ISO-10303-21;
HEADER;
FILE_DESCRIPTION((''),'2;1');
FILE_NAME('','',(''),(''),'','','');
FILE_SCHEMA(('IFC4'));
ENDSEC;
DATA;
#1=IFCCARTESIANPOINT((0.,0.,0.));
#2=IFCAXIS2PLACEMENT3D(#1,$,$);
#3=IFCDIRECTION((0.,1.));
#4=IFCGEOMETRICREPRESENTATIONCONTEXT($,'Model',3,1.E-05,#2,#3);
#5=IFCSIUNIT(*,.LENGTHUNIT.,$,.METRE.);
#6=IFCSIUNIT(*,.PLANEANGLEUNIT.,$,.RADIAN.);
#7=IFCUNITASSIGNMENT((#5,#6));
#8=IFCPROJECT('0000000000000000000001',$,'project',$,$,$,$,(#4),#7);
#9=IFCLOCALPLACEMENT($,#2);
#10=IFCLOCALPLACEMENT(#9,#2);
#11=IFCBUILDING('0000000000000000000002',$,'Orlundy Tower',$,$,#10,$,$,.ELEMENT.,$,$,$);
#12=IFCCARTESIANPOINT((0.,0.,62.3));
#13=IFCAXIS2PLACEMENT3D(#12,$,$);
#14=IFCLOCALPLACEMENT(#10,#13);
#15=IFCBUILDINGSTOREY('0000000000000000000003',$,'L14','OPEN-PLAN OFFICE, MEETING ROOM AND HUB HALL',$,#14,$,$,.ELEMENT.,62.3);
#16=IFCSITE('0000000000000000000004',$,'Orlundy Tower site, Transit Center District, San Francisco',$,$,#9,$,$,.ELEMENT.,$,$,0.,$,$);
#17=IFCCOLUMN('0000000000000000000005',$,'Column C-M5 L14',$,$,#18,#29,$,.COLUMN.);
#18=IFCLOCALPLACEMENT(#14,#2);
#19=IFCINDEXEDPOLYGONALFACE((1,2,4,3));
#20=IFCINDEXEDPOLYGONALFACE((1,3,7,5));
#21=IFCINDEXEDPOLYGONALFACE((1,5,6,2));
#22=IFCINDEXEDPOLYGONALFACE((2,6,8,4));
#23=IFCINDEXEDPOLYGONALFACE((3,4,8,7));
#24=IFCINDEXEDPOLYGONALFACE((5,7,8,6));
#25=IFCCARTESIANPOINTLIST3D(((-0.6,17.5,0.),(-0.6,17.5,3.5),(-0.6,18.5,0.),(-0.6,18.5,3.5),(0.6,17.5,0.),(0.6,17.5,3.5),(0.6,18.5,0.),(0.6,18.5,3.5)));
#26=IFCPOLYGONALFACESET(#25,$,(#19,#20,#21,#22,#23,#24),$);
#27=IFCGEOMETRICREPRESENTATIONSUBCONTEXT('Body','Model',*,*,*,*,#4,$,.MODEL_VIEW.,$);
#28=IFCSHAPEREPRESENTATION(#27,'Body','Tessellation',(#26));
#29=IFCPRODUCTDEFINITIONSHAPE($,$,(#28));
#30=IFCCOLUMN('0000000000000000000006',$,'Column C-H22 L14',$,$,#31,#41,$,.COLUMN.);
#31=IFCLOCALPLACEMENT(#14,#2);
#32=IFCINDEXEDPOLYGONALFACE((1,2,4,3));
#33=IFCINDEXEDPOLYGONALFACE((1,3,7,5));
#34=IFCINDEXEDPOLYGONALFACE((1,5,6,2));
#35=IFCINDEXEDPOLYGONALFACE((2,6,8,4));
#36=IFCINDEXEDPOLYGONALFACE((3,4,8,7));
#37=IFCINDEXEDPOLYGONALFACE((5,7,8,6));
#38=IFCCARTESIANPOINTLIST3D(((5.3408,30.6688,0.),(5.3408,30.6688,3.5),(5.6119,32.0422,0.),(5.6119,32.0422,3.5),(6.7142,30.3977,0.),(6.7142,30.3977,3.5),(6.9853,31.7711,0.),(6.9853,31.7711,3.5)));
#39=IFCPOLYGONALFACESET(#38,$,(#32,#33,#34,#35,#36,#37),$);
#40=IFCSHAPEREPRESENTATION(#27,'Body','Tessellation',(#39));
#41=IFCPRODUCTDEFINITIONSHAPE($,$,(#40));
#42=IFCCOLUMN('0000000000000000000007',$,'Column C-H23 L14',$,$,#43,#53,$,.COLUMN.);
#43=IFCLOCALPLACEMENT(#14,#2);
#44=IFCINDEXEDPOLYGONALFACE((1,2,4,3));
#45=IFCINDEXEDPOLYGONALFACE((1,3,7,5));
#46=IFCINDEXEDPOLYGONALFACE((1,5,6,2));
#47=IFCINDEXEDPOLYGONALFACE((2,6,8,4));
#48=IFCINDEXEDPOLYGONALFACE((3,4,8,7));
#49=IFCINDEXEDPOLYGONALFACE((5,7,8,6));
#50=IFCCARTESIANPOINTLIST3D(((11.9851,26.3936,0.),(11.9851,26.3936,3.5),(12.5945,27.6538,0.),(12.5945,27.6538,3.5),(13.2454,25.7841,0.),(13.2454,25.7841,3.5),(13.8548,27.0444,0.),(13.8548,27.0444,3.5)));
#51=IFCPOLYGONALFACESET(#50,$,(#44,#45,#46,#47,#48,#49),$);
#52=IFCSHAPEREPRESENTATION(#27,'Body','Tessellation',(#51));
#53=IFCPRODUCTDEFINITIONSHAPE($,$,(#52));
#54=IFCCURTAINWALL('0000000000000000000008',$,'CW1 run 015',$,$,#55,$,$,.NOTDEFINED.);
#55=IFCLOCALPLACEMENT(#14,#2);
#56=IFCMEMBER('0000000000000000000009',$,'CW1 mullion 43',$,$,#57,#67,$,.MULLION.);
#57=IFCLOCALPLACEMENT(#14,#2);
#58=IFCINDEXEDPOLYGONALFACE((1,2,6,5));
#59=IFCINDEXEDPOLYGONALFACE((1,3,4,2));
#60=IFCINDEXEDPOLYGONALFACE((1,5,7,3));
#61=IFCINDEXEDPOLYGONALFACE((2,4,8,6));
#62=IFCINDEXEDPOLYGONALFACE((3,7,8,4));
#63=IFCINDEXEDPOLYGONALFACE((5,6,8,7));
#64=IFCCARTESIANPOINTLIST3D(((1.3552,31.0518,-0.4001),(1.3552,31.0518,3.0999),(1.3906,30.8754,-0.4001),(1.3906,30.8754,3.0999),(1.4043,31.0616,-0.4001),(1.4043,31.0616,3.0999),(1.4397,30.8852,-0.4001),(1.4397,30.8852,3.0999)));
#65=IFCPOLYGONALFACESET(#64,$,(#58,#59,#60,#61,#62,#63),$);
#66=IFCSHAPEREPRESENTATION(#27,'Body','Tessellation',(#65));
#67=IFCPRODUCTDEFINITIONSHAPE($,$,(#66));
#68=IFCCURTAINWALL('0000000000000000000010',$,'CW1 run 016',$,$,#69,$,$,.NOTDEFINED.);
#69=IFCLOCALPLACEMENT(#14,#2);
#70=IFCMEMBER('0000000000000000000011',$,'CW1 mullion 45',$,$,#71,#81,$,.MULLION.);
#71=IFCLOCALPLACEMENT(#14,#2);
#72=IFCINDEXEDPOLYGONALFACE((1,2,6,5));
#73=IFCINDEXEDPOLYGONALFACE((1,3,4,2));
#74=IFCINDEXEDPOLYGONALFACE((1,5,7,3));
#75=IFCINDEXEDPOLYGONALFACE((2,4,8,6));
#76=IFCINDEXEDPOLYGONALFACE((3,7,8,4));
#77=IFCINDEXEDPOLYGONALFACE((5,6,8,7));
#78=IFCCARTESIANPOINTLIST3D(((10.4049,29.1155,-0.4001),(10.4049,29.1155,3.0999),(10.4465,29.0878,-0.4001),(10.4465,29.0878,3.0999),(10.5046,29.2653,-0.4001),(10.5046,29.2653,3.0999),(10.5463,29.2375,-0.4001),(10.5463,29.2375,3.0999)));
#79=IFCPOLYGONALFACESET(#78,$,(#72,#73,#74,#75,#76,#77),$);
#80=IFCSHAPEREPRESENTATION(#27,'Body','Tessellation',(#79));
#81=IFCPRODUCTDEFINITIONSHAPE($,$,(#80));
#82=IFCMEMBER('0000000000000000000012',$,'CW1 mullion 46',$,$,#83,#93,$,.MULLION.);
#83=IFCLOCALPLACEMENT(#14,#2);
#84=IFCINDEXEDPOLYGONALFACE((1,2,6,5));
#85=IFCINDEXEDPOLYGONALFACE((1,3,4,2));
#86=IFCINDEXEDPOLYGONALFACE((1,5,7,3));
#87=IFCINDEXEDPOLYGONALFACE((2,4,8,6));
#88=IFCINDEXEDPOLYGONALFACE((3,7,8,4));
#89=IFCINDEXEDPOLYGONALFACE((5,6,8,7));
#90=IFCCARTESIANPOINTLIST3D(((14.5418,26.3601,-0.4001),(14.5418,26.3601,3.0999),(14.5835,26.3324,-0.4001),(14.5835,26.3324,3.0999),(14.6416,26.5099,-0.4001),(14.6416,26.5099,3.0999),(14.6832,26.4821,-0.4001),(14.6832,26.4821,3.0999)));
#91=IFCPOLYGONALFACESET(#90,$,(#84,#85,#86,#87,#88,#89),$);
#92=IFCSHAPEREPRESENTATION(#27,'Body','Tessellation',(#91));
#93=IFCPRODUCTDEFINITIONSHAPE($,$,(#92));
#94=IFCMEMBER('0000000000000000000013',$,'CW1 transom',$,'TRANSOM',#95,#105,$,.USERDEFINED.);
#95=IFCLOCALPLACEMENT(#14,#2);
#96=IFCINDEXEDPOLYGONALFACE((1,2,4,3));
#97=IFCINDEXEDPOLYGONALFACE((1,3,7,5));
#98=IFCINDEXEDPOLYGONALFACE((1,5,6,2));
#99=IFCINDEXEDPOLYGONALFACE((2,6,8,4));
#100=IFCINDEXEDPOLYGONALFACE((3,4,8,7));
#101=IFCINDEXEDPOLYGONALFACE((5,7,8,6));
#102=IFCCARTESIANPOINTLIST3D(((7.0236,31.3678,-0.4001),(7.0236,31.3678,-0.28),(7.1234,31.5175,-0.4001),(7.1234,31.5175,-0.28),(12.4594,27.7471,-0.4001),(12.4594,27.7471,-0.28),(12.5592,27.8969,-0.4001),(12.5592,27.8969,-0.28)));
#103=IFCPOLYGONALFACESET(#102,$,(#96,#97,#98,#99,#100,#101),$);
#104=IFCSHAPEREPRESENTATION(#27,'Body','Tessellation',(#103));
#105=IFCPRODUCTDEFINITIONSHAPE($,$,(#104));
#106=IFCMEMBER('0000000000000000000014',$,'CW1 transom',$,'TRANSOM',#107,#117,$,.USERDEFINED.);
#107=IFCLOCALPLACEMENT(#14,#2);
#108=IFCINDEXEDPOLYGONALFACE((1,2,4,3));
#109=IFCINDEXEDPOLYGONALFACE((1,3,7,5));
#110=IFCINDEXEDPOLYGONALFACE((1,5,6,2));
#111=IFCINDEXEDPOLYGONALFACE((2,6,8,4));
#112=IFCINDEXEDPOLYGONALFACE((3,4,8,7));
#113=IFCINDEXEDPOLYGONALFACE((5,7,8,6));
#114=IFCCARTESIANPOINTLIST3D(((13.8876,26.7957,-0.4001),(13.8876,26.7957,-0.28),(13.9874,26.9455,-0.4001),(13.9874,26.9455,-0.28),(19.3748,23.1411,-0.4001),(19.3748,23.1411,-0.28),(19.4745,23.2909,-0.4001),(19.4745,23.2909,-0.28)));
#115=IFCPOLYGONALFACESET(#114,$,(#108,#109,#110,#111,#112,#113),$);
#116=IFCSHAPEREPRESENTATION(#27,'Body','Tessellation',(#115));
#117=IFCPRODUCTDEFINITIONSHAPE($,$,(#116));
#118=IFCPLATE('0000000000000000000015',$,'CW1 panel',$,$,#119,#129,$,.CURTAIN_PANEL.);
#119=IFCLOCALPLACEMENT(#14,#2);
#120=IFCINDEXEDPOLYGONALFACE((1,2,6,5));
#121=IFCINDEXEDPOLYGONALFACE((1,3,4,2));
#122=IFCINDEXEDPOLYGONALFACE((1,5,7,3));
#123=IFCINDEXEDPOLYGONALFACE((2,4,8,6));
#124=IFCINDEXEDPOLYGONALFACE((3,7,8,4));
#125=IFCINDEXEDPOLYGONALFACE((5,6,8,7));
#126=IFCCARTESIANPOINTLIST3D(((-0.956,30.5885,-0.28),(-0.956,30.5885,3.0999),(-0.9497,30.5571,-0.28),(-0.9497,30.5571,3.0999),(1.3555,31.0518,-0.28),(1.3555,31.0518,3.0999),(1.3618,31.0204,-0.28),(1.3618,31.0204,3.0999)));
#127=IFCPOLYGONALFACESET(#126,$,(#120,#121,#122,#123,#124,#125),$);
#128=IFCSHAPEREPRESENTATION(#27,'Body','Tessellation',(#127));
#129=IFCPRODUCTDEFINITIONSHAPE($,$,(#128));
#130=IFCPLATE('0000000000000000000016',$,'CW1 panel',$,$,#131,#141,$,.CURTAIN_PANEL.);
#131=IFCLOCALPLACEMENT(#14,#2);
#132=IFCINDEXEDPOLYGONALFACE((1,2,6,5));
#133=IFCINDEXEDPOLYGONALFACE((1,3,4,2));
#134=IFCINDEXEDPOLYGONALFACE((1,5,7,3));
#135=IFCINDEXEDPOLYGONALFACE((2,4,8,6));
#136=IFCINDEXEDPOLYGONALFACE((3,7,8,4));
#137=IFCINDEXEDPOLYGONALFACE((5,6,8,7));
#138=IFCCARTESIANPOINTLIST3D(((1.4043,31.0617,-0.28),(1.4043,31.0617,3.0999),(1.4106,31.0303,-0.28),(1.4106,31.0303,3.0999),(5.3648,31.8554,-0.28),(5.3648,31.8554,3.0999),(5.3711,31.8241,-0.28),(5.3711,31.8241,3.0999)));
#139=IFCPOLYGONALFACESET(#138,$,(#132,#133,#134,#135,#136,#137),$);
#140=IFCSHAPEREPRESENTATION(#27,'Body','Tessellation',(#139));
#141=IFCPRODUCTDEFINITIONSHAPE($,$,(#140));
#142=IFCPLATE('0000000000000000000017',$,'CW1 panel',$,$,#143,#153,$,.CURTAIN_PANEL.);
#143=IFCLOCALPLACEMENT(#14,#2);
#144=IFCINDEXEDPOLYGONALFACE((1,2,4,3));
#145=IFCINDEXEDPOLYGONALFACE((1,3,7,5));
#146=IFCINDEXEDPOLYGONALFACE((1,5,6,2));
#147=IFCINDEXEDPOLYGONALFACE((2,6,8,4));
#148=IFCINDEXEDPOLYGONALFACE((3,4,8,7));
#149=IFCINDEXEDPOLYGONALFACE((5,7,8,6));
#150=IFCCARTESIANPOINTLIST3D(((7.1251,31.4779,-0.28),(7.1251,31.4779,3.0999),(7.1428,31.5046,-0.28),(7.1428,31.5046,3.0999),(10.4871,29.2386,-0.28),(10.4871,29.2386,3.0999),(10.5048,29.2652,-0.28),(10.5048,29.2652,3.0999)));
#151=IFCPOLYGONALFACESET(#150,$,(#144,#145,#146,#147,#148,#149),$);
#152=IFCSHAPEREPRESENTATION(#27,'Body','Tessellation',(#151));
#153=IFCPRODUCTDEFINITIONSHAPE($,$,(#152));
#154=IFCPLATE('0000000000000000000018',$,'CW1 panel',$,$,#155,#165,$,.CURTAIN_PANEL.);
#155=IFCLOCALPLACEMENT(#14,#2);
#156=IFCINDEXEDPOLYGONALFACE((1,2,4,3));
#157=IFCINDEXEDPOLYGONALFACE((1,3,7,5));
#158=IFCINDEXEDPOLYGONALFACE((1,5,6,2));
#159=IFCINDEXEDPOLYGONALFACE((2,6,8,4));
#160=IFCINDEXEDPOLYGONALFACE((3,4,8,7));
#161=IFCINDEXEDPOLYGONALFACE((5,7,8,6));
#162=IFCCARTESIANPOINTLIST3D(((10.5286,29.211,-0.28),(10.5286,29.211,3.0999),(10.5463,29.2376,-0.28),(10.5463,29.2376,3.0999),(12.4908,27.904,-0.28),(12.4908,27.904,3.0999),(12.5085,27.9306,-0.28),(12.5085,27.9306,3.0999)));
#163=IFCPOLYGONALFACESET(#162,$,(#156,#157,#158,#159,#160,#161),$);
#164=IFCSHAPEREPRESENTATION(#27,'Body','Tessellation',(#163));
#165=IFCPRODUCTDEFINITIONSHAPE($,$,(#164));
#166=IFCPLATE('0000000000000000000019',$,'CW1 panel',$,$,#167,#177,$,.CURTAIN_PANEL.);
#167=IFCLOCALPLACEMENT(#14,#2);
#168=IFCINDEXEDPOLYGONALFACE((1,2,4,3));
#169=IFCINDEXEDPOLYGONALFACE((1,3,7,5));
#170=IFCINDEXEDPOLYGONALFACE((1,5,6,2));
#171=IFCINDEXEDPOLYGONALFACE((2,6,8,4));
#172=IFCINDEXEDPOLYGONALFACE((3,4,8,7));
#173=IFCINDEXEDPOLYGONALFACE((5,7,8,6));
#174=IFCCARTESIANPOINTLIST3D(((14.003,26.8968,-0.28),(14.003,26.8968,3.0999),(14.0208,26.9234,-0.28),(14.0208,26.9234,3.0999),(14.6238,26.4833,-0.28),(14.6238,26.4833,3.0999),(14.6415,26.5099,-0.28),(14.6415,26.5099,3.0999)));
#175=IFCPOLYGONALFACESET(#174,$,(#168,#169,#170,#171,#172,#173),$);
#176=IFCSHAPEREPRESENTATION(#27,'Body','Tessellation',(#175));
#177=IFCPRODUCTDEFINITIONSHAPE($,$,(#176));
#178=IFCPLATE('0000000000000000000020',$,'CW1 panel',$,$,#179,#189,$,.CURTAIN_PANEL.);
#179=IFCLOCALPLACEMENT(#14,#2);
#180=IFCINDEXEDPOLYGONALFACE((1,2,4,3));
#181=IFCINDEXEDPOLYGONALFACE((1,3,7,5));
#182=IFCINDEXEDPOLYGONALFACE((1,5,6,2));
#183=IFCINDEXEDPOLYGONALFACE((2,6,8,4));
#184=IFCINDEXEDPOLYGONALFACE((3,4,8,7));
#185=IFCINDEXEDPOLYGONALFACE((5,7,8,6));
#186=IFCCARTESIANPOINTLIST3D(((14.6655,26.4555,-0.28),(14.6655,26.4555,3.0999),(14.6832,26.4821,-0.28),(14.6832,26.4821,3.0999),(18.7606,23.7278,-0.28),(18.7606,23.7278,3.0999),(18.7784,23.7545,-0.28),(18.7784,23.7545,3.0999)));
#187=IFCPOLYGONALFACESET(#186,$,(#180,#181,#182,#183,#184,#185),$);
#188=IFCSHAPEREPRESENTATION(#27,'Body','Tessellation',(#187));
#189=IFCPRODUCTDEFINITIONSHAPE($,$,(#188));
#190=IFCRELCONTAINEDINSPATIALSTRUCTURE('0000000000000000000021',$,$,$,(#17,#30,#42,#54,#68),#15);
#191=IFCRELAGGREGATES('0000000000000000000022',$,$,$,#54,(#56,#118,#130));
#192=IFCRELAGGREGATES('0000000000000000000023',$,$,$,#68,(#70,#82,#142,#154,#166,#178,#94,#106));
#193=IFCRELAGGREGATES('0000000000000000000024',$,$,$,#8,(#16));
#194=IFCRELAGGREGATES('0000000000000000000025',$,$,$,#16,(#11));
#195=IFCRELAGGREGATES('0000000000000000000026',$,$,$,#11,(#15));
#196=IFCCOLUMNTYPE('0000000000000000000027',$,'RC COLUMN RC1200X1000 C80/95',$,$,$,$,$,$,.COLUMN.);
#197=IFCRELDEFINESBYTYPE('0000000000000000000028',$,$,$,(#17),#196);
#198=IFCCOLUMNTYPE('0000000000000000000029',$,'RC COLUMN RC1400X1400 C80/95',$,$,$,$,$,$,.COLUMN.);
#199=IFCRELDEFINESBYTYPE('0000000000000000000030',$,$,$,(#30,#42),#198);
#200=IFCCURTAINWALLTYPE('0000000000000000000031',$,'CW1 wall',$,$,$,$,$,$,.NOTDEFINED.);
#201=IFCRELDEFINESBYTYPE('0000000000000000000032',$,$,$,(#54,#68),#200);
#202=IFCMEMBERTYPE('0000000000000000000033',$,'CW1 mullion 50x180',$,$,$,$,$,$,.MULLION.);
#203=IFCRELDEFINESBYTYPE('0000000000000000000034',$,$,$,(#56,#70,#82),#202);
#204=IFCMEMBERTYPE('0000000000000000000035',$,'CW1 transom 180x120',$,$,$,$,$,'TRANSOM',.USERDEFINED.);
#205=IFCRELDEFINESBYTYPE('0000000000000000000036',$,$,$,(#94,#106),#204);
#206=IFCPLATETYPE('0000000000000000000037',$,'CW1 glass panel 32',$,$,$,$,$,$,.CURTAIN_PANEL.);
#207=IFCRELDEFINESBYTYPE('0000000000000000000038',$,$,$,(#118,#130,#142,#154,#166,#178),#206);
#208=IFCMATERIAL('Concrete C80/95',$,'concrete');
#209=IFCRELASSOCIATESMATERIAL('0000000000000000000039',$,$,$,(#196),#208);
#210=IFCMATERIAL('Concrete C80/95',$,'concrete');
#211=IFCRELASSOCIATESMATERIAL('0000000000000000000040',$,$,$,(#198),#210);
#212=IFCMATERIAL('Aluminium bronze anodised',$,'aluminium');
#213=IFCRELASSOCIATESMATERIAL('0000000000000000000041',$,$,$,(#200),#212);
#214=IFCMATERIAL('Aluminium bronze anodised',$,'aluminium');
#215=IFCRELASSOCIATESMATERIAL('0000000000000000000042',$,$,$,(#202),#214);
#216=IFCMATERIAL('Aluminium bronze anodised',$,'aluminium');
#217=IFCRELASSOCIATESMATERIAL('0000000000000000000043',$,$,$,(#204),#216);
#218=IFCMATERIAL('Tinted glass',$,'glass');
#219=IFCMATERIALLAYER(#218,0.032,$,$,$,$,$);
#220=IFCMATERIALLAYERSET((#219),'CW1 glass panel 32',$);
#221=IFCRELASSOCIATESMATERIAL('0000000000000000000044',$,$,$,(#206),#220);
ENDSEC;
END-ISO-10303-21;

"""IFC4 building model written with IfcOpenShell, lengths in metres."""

from ifc_helpers import new_model, si_unit, direction, frame, origin, origin_2d, place, context, subcontext, project, spatial, rectangle, extrude, material, layer, layer_set, material_profile, profile_set, type_object, element, aggregate, save


model = new_model("IFC4")

# Units and contexts
model_context = context("Model", 3, precision=1e-05, world=origin(), true_north=direction((0.0, 1.0)))
body_context = subcontext(model_context, "Body", "Model", "MODEL_VIEW")
ifc_project = project(units=[si_unit("LENGTHUNIT", "METRE"), si_unit("PLANEANGLEUNIT", "RADIAN")], contexts=[model_context])

# Site, building, storey
site_placement = place(None, origin())
site = spatial("IfcSite", under=ifc_project, at=site_placement, Name="Orlundy Tower site, Transit Center District, San Francisco", CompositionType="ELEMENT", RefElevation=0.0)
building_placement = place(site_placement, origin())
building = spatial("IfcBuilding", under=site, at=building_placement, Name="Orlundy Tower", CompositionType="ELEMENT")
storey_placement = place(building_placement, frame((0.0, 0.0, 62.3)))
storey = spatial("IfcBuildingStorey", under=building, at=storey_placement, Name="L14", Description="OPEN-PLAN OFFICE, MEETING ROOM AND HUB HALL", CompositionType="ELEMENT", Elevation=62.3)

# Columns
ifc_material_1 = material(Name="Concrete C80/95", Category="concrete")
ifc_material_profile_1 = material_profile(ifc_material_1, rectangle(XDim=1.2, YDim=1.0, at=origin_2d()), Name="RC1200X1000")
ifc_profile_set_1 = profile_set([ifc_material_profile_1], Name="Concrete C80/95")
column_type_1 = type_object("IfcColumnType", Name="RC COLUMN RC1200X1000 C80/95", PredefinedType="COLUMN", material=ifc_profile_set_1)
column_placement = place(storey_placement, frame((0.0, 18.0, 0.0), z_axis=(0.0, 0.0, 1.0), x_axis=(1.0, 0.0, 0.0)))
element("IfcColumn", 1, at=column_placement, inside=storey, type_object=column_type_1, Name="Column C-M5 L14", PredefinedType="COLUMN", context=body_context, shape_type="SweptSolid", body=[
    extrude(rectangle(XDim=1.2, YDim=1.0, at=origin_2d()), origin(), (0.0, 0.0, 1.0), 3.5),
])
ifc_material_2 = material(Name="Concrete C80/95", Category="concrete")
ifc_material_profile_2 = material_profile(ifc_material_2, rectangle(XDim=1.3999, YDim=1.3999, at=origin_2d()), Name="RC1400X1400")
ifc_profile_set_2 = profile_set([ifc_material_profile_2], Name="Concrete C80/95")
column_type_2 = type_object("IfcColumnType", Name="RC COLUMN RC1400X1400 C80/95", PredefinedType="COLUMN", material=ifc_profile_set_2)
for number, where, z_axis, x_axis, name in (
    (2, (6.1631, 31.22, 0.0), (0.0, 0.0, 1.0), (0.193669, 0.981067, 0.0), "Column C-H22 L14"),
    (3, (12.9199, 26.719, 0.0), (0.0, 0.0, 1.0), (0.435325, 0.900273, 0.0), "Column C-H23 L14"),
):
    element("IfcColumn", number, at=place(storey_placement, frame(where, z_axis=z_axis, x_axis=x_axis)), inside=storey, type_object=column_type_2, Name=name, PredefinedType="COLUMN", context=body_context, shape_type="SweptSolid", body=[
        extrude(rectangle(XDim=1.3999, YDim=1.3999, at=origin_2d()), origin(), (0.0, 0.0, 1.0), 3.5),
    ])

# Curtain wall, member
ifc_material_3 = material(Name="Aluminium bronze anodised", Category="aluminium")
curtain_wall_type = type_object("IfcCurtainWallType", Name="CW1 wall", PredefinedType="NOTDEFINED", material=ifc_material_3)
curtain_wall_1_placement = place(storey_placement, origin())
curtain_wall_1 = element("IfcCurtainWall", 4, at=curtain_wall_1_placement, inside=storey, type_object=curtain_wall_type, Name="CW1 run 015", PredefinedType="NOTDEFINED")
ifc_material_4 = material(Name="Aluminium bronze anodised", Category="aluminium")
ifc_material_profile_3 = material_profile(ifc_material_4, rectangle(XDim=0.1799, YDim=0.05, at=origin_2d()), Name="CW1 mullion 50x180")
ifc_profile_set_3 = profile_set([ifc_material_profile_3], Name="Aluminium bronze anodised")
member_type_1 = type_object("IfcMemberType", Name="CW1 mullion 50x180", PredefinedType="MULLION", material=ifc_profile_set_3)
member_1_placement = place(storey_placement, frame((1.3975, 30.9685, -0.4001), z_axis=(0.0, 0.0, 1.0), x_axis=(-0.196511, 0.980502, 0.0)))
member_1 = element("IfcMember", 5, at=member_1_placement, type_object=member_type_1, Name="CW1 mullion 43", PredefinedType="MULLION", context=body_context, shape_type="SweptSolid", body=[
    extrude(rectangle(XDim=0.1799, YDim=0.05, at=origin_2d()), origin(), (0.0, 0.0, 1.0), 3.5),
])

# Curtain wall, members
curtain_wall_2_placement = place(storey_placement, origin())
curtain_wall_2 = element("IfcCurtainWall", 6, at=curtain_wall_2_placement, inside=storey, type_object=curtain_wall_type, Name="CW1 run 016", PredefinedType="NOTDEFINED")
member_2_placement = place(storey_placement, frame((10.4756, 29.1765, -0.4001), z_axis=(0.0, 0.0, 1.0), x_axis=(0.554357, 0.832279, 0.0)))
member_2 = element("IfcMember", 7, at=member_2_placement, type_object=member_type_1, Name="CW1 mullion 45", PredefinedType="MULLION", context=body_context, shape_type="SweptSolid", body=[
    extrude(rectangle(XDim=0.1799, YDim=0.05, at=origin_2d()), origin(), (0.0, 0.0, 1.0), 3.5),
])
member_3_placement = place(storey_placement, frame((14.6125, 26.4211, -0.4001), z_axis=(0.0, 0.0, 1.0), x_axis=(0.554357, 0.832279, 0.0)))
member_3 = element("IfcMember", 8, at=member_3_placement, type_object=member_type_1, Name="CW1 mullion 46", PredefinedType="MULLION", context=body_context, shape_type="SweptSolid", body=[
    extrude(rectangle(XDim=0.1799, YDim=0.05, at=origin_2d()), origin(), (0.0, 0.0, 1.0), 3.5),
])
ifc_material_5 = material(Name="Aluminium bronze anodised", Category="aluminium")
ifc_material_profile_4 = material_profile(ifc_material_5, rectangle(XDim=0.1799, YDim=0.1201, at=origin_2d()), Name="CW1 transom 180x120")
ifc_profile_set_4 = profile_set([ifc_material_profile_4], Name="Aluminium bronze anodised")
member_type_2 = type_object("IfcMemberType", Name="CW1 transom 180x120", ElementType="TRANSOM", PredefinedType="USERDEFINED", material=ifc_profile_set_4)
member_4_placement = place(storey_placement, frame((7.0735, 31.4426, -0.3401), z_axis=(0.83228, -0.554355, 0.0), x_axis=(0.554355, 0.83228, 0.0)))
member_4 = element("IfcMember", 9, at=member_4_placement, type_object=member_type_2, Name="CW1 transom", ObjectType="TRANSOM", PredefinedType="USERDEFINED", context=body_context, shape_type="SweptSolid", body=[
    extrude(rectangle(XDim=0.1799, YDim=0.1201, at=origin_2d()), origin(), (0.0, 0.0, 1.0), 6.5312),
])
member_5_placement = place(storey_placement, frame((13.9375, 26.8706, -0.3401), z_axis=(0.832295, -0.554333, 0.0), x_axis=(0.554333, 0.832295, 0.0)))
member_5 = element("IfcMember", 10, at=member_5_placement, type_object=member_type_2, Name="CW1 transom", ObjectType="TRANSOM", PredefinedType="USERDEFINED", context=body_context, shape_type="SweptSolid", body=[
    extrude(rectangle(XDim=0.1799, YDim=0.1201, at=origin_2d()), origin(), (0.0, 0.0, 1.0), 6.5928),
])

# Plates
ifc_material_6 = material(Name="Tinted glass", Category="glass")
ifc_layer = layer(ifc_material_6, 0.032)
ifc_layer_set = layer_set([ifc_layer], Name="CW1 glass panel 32")
plate_type = type_object("IfcPlateType", Name="CW1 glass panel 32", PredefinedType="CURTAIN_PANEL", material=ifc_layer_set)
plate_1_placement = place(storey_placement, frame((0.2029, 30.8044, -0.28), z_axis=(0.0, 0.0, 1.0), x_axis=(0.980502, 0.196511, 0.0)))
plate_1 = element("IfcPlate", 11, at=plate_1_placement, type_object=plate_type, Name="CW1 panel", PredefinedType="CURTAIN_PANEL", context=body_context, shape_type="SweptSolid", body=[
    extrude(rectangle(XDim=2.3574, YDim=0.032, at=origin_2d()), origin(), (0.0, 0.0, 1.0), 3.3799),
])
plate_2_placement = place(storey_placement, frame((3.3877, 31.4429, -0.28), z_axis=(0.0, 0.0, 1.0), x_axis=(0.980502, 0.196511, 0.0)))
plate_2 = element("IfcPlate", 12, at=plate_2_placement, type_object=plate_type, Name="CW1 panel", PredefinedType="CURTAIN_PANEL", context=body_context, shape_type="SweptSolid", body=[
    extrude(rectangle(XDim=4.0393, YDim=0.032, at=origin_2d()), origin(), (0.0, 0.0, 1.0), 3.3799),
])
aggregate(curtain_wall_1, [member_1, plate_1, plate_2])
plate_3_placement = place(storey_placement, frame((8.8149, 30.3716, -0.28), z_axis=(0.0, 0.0, 1.0), x_axis=(0.832279, -0.554357, 0.0)))
plate_3 = element("IfcPlate", 13, at=plate_3_placement, type_object=plate_type, Name="CW1 panel", PredefinedType="CURTAIN_PANEL", context=body_context, shape_type="SweptSolid", body=[
    extrude(rectangle(XDim=4.0396, YDim=0.032, at=origin_2d()), origin(), (0.0, 0.0, 1.0), 3.3799),
])
plate_4_placement = place(storey_placement, frame((11.5186, 28.5708, -0.28), z_axis=(0.0, 0.0, 1.0), x_axis=(0.832279, -0.554357, 0.0)))
plate_4 = element("IfcPlate", 14, at=plate_4_placement, type_object=plate_type, Name="CW1 panel", PredefinedType="CURTAIN_PANEL", context=body_context, shape_type="SweptSolid", body=[
    extrude(rectangle(XDim=2.3577, YDim=0.032, at=origin_2d()), origin(), (0.0, 0.0, 1.0), 3.3799),
])
plate_5_placement = place(storey_placement, frame((14.3223, 26.7034, -0.28), z_axis=(0.0, 0.0, 1.0), x_axis=(0.832279, -0.554357, 0.0)))
plate_5 = element("IfcPlate", 15, at=plate_5_placement, type_object=plate_type, Name="CW1 panel", PredefinedType="CURTAIN_PANEL", context=body_context, shape_type="SweptSolid", body=[
    extrude(rectangle(XDim=0.7458, YDim=0.032, at=origin_2d()), origin(), (0.0, 0.0, 1.0), 3.3799),
])
plate_6_placement = place(storey_placement, frame((16.7219, 25.105, -0.28), z_axis=(0.0, 0.0, 1.0), x_axis=(0.832279, -0.554357, 0.0)))
plate_6 = element("IfcPlate", 16, at=plate_6_placement, type_object=plate_type, Name="CW1 panel", PredefinedType="CURTAIN_PANEL", context=body_context, shape_type="SweptSolid", body=[
    extrude(rectangle(XDim=4.9204, YDim=0.032, at=origin_2d()), origin(), (0.0, 0.0, 1.0), 3.3799),
])
aggregate(curtain_wall_2, [member_2, member_3, plate_3, plate_4, plate_5, plate_6, member_4, member_5])

save(model, "model.ifc")
